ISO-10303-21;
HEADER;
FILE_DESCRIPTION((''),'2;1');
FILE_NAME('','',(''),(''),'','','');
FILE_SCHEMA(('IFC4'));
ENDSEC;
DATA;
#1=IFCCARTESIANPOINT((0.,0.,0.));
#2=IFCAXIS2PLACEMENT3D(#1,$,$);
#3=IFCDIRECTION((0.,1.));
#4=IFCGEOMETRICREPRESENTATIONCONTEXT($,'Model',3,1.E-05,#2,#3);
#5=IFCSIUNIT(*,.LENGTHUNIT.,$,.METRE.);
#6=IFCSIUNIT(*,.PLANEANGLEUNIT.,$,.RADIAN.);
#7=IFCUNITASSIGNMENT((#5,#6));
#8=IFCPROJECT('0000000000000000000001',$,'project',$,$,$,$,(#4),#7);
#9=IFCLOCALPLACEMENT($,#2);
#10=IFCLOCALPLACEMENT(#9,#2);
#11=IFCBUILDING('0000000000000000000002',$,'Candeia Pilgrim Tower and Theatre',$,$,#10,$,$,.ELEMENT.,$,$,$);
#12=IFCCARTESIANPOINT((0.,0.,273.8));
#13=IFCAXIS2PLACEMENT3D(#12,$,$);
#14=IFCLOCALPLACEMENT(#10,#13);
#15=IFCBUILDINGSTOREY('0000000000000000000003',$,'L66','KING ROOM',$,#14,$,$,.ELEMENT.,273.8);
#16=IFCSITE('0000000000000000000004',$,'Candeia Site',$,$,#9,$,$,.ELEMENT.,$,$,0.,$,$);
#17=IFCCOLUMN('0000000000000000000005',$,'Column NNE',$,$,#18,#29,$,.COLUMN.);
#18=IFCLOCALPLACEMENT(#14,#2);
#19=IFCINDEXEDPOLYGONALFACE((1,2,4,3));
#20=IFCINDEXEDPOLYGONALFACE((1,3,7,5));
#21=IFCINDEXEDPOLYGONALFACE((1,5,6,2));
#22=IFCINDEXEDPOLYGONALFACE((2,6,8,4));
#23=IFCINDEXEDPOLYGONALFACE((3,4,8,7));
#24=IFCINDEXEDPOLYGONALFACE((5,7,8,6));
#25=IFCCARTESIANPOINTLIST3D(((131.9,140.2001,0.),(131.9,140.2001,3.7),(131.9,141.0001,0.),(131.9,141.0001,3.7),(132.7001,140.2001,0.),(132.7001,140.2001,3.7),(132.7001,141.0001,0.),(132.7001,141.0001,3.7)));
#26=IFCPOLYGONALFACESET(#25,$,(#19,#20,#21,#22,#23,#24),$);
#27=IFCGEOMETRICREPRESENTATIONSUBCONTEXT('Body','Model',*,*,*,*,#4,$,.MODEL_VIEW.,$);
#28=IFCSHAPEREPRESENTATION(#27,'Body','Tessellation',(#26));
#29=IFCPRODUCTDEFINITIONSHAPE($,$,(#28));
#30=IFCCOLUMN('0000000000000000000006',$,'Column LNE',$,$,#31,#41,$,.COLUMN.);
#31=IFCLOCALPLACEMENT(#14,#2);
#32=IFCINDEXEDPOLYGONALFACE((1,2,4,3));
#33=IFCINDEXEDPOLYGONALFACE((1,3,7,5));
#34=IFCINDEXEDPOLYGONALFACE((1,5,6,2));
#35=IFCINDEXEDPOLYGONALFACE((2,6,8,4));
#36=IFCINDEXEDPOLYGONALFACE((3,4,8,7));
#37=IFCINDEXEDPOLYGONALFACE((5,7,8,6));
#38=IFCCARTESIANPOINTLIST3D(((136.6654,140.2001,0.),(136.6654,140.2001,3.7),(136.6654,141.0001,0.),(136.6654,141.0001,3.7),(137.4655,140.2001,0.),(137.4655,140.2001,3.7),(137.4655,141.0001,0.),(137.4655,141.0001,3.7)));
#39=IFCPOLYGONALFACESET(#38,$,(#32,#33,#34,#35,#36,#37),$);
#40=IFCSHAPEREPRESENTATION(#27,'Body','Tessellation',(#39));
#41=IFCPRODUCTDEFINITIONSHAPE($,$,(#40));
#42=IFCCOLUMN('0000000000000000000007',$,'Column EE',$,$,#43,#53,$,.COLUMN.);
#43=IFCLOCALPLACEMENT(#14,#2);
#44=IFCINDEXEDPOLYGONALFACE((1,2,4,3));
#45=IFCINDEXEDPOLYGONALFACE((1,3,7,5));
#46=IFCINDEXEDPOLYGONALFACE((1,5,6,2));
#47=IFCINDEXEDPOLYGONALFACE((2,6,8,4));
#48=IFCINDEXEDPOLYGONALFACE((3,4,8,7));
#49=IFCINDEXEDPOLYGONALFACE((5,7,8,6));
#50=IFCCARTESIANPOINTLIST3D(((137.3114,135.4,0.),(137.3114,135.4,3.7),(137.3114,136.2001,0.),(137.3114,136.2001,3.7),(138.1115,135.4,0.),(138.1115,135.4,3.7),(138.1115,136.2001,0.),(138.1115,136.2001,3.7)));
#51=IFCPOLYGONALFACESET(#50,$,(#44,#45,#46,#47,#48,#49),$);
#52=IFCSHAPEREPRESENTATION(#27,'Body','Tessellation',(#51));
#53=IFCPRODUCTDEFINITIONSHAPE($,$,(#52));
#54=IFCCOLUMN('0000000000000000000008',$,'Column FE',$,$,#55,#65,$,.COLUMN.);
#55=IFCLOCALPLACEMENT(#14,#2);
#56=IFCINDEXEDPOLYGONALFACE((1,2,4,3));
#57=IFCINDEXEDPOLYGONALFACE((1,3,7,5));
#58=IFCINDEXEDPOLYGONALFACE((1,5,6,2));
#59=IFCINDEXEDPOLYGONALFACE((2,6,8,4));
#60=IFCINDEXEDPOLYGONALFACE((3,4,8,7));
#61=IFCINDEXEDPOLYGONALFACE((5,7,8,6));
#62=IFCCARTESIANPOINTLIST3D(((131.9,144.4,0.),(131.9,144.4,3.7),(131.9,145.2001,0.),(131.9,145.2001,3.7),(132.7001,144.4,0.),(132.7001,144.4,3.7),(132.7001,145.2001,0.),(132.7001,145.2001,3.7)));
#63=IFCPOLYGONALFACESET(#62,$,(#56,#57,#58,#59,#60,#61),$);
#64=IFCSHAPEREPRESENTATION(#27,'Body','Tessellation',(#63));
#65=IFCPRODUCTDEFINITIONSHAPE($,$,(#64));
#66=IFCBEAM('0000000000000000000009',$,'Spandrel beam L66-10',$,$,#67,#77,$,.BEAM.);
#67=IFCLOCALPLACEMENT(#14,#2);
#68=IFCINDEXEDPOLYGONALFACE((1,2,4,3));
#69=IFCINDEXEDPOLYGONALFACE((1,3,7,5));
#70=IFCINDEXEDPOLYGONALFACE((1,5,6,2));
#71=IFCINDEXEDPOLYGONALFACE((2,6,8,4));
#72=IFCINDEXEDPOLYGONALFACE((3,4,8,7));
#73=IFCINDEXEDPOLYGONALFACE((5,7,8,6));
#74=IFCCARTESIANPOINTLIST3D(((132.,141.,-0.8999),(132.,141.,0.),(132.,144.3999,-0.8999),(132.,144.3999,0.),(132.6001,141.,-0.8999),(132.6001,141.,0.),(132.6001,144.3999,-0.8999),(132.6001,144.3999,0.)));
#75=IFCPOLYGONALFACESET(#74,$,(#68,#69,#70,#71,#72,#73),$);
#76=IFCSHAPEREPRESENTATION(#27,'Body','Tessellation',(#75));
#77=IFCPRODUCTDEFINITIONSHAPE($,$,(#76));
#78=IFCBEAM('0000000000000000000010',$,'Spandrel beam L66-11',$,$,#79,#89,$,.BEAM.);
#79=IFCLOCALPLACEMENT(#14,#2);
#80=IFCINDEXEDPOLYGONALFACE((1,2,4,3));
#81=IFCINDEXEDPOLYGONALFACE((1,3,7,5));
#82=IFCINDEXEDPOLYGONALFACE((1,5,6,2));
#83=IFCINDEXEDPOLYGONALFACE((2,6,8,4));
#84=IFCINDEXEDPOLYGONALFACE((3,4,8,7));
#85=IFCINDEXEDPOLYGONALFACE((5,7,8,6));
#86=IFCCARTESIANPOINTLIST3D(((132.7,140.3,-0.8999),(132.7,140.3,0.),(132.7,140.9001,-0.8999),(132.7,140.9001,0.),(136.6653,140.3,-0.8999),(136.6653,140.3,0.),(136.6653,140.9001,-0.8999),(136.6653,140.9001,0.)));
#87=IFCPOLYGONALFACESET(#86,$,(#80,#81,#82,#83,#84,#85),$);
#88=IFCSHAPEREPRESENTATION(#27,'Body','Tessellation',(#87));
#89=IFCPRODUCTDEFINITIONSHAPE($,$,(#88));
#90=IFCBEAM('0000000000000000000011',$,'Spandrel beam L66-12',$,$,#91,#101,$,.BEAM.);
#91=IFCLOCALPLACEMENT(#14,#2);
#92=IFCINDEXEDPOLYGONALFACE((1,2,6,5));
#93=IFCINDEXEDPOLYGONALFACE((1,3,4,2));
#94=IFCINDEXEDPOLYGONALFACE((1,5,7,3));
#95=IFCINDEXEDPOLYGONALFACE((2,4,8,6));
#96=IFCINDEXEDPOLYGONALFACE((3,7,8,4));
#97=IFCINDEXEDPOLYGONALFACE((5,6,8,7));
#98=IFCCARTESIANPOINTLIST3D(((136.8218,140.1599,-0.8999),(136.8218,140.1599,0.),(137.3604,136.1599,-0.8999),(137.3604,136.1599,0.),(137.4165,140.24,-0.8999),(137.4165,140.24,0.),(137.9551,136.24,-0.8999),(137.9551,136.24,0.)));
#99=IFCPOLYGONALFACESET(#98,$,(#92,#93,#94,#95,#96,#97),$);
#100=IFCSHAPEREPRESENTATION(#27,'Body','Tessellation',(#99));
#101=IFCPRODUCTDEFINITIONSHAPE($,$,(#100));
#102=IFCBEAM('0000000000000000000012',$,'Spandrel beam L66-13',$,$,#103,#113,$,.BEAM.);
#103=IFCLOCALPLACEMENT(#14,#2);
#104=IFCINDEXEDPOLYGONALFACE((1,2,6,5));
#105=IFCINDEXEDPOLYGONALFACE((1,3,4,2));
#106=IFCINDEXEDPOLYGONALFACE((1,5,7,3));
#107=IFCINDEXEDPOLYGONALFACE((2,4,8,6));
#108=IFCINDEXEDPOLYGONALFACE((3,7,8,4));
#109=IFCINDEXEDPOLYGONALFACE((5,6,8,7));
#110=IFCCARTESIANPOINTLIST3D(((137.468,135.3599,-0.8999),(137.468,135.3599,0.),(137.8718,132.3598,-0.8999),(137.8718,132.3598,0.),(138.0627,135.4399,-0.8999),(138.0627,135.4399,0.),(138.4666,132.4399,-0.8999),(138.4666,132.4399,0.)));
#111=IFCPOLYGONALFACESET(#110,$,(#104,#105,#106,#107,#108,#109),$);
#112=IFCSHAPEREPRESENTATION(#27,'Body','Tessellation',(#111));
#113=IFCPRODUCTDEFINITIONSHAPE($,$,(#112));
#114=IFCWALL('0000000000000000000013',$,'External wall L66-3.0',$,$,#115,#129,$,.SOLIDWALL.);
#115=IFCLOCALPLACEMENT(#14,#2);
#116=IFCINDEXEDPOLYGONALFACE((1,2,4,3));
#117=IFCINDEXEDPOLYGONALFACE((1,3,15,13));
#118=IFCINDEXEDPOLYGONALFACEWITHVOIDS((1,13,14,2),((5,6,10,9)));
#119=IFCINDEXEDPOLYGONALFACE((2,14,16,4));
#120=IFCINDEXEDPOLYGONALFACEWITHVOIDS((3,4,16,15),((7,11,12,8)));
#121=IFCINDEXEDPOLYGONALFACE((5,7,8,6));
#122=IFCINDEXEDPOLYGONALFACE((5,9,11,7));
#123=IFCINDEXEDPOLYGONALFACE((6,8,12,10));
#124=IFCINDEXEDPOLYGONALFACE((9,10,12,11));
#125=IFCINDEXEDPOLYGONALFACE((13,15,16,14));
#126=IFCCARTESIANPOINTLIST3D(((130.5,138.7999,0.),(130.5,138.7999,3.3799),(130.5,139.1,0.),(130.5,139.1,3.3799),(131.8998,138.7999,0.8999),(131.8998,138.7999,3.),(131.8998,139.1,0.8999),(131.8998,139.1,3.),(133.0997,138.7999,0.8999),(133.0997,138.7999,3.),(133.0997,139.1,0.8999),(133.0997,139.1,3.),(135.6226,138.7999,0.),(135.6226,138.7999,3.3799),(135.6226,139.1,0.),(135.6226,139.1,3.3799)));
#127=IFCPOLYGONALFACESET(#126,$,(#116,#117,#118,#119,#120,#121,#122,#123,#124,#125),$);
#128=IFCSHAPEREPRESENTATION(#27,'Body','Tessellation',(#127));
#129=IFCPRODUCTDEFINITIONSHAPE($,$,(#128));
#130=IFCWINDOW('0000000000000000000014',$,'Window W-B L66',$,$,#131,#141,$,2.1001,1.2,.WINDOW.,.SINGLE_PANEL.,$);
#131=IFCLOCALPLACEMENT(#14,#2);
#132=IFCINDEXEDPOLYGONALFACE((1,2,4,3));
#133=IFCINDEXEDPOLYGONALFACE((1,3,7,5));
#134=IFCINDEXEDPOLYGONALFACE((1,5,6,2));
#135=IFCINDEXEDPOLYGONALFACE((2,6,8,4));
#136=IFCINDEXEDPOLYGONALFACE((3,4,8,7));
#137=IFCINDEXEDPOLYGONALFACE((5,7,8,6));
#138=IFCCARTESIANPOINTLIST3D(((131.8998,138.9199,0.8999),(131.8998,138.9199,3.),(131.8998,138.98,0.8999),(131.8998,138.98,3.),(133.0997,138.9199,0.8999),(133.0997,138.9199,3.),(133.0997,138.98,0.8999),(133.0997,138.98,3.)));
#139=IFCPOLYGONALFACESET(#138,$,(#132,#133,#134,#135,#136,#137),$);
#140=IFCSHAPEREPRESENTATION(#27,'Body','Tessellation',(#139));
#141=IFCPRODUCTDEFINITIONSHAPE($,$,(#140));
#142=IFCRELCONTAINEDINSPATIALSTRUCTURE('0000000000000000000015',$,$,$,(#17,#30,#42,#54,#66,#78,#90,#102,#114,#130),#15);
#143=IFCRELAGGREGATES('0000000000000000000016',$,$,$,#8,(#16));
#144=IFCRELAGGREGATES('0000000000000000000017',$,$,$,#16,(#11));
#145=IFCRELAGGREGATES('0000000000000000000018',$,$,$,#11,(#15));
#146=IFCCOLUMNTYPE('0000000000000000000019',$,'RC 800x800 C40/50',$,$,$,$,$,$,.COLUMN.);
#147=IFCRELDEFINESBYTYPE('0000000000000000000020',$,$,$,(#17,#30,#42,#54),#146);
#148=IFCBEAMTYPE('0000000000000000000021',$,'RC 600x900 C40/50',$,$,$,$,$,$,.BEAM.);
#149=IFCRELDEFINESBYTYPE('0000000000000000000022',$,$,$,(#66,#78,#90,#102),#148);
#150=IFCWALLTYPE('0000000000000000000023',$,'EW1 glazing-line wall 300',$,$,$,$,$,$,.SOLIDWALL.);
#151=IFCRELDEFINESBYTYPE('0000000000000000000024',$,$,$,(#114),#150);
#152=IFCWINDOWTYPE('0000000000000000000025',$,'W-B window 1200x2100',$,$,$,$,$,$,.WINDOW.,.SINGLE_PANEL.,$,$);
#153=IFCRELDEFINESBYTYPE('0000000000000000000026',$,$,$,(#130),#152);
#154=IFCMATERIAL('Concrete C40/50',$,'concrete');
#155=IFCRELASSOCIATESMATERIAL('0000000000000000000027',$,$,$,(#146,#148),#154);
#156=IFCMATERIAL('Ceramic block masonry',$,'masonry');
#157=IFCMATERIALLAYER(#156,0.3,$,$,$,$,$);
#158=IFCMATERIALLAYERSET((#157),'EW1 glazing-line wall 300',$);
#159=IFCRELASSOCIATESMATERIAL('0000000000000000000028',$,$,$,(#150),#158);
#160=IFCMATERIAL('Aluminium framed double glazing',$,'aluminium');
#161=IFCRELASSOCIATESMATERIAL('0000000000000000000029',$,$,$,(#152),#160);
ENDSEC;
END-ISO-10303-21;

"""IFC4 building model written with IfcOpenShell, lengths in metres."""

from ifc_helpers import new_model, si_unit, direction, frame, frame_2d, origin, origin_2d, place, context, subcontext, project, spatial, rectangle, extrude, material, layer, layer_set, material_profile, profile_set, type_object, element, fill, save


model = new_model("IFC4")

# Units and contexts
model_context = context("Model", 3, precision=1e-05, world=origin(), true_north=direction((0.0, 1.0)))
body_context = subcontext(model_context, "Body", "Model", "MODEL_VIEW")
ifc_project = project(units=[si_unit("LENGTHUNIT", "METRE"), si_unit("PLANEANGLEUNIT", "RADIAN")], contexts=[model_context])

# Site, building, storey
site_placement = place(None, origin())
site = spatial("IfcSite", under=ifc_project, at=site_placement, Name="Candeia Site", CompositionType="ELEMENT", RefElevation=0.0)
building_placement = place(site_placement, origin())
building = spatial("IfcBuilding", under=site, at=building_placement, Name="Candeia Pilgrim Tower and Theatre", CompositionType="ELEMENT")
storey_placement = place(building_placement, frame((0.0, 0.0, 273.8)))
storey = spatial("IfcBuildingStorey", under=building, at=storey_placement, Name="L66", Description="KING ROOM", CompositionType="ELEMENT", Elevation=273.8)

# Columns
ifc_material_1 = material(Name="Concrete C40/50", Category="concrete")
ifc_material_profile_1 = material_profile(ifc_material_1, rectangle(XDim=0.8, YDim=0.8, at=origin_2d()))
ifc_profile_set_1 = profile_set([ifc_material_profile_1], Name="Concrete C40/50")
column_type = type_object("IfcColumnType", Name="RC 800x800 C40/50", PredefinedType="COLUMN", material=ifc_profile_set_1)
for number, where, z_axis, x_axis, name in (
    (1, (132.3, 140.6001, 0.0), (0.0, 0.0, 1.0), (1.0, 0.0, 0.0), "Column NNE"),
    (2, (137.0654, 140.6001, 0.0), (0.0, 0.0, 1.0), (1.0, 0.0, 0.0), "Column LNE"),
    (3, (137.7114, 135.8, 0.0), (0.0, 0.0, 1.0), (1.0, 0.0, 0.0), "Column EE"),
    (4, (132.3, 144.8, 0.0), (0.0, 0.0, 1.0), (1.0, 0.0, 0.0), "Column FE"),
):
    element("IfcColumn", number, at=place(storey_placement, frame(where, z_axis=z_axis, x_axis=x_axis)), inside=storey, type_object=column_type, Name=name, PredefinedType="COLUMN", context=body_context, shape_type="SweptSolid", body=[
        extrude(rectangle(XDim=0.8, YDim=0.8, at=origin_2d()), origin(), (0.0, 0.0, 1.0), 3.7),
    ])

# Beams
ifc_material_profile_2 = material_profile(ifc_material_1, rectangle(XDim=0.6001, YDim=0.8999, at=origin_2d()))
ifc_profile_set_2 = profile_set([ifc_material_profile_2], Name="Concrete C40/50")
beam_type = type_object("IfcBeamType", Name="RC 600x900 C40/50", PredefinedType="BEAM", material=ifc_profile_set_2)
beam_1_placement = place(storey_placement, frame((132.3, 144.3999, -0.45), z_axis=(0.0, -1.0, 0.0), x_axis=(1.0, 0.0, 0.0)))
element("IfcBeam", 5, at=beam_1_placement, inside=storey, type_object=beam_type, Name="Spandrel beam L66-10", PredefinedType="BEAM", context=body_context, shape_type="SweptSolid", body=[
    extrude(rectangle(XDim=0.6001, YDim=0.8999, at=origin_2d()), origin(), (0.0, 0.0, 1.0), 3.3999),
])
beam_2_placement = place(storey_placement, frame((132.7, 140.6001, -0.45), z_axis=(1.0, 0.0, 0.0), x_axis=(0.0, 1.0, 0.0)))
element("IfcBeam", 6, at=beam_2_placement, inside=storey, type_object=beam_type, Name="Spandrel beam L66-11", PredefinedType="BEAM", context=body_context, shape_type="SweptSolid", body=[
    extrude(rectangle(XDim=0.6001, YDim=0.8999, at=origin_2d()), origin(), (0.0, 0.0, 1.0), 3.9653),
])
beam_3_placement = place(storey_placement, frame((137.1191, 140.2, -0.45), z_axis=(0.133439, -0.991057, 0.0), x_axis=(0.991057, 0.133439, 0.0)))
element("IfcBeam", 7, at=beam_3_placement, inside=storey, type_object=beam_type, Name="Spandrel beam L66-12", PredefinedType="BEAM", context=body_context, shape_type="SweptSolid", body=[
    extrude(rectangle(XDim=0.6001, YDim=0.8999, at=origin_2d()), origin(), (0.0, 0.0, 1.0), 4.0361),
])
beam_4_placement = place(storey_placement, frame((137.7654, 135.3999, -0.45), z_axis=(0.1334, -0.991062, 0.0), x_axis=(0.991062, 0.1334, 0.0)))
element("IfcBeam", 8, at=beam_4_placement, inside=storey, type_object=beam_type, Name="Spandrel beam L66-13", PredefinedType="BEAM", context=body_context, shape_type="SweptSolid", body=[
    extrude(rectangle(XDim=0.6001, YDim=0.8999, at=origin_2d()), origin(), (0.0, 0.0, 1.0), 3.0271),
])

# Wall, opening, window
ifc_material_2 = material(Name="Ceramic block masonry", Category="masonry")
ifc_layer_1 = layer(ifc_material_2, 0.3)
ifc_layer_set_1 = layer_set([ifc_layer_1], Name="EW1 glazing-line wall 300")
wall_type = type_object("IfcWallType", Name="EW1 glazing-line wall 300", PredefinedType="SOLIDWALL", material=ifc_layer_set_1)
wall_1_placement = place(storey_placement, frame((135.6226, 138.95, 0.0), z_axis=(0.0, 0.0, 1.0), x_axis=(-1.0, 0.0, 0.0)))
wall_1 = element("IfcWall", 9, at=wall_1_placement, inside=storey, type_object=wall_type, Name="External wall L66-3.0", PredefinedType="SOLIDWALL", context=body_context, shape_type="SweptSolid", body=[
    extrude(rectangle(XDim=5.1226, YDim=0.3, at=frame_2d((2.5613, 0.0))), origin(), (0.0, 0.0, 1.0), 3.3799),
])
opening_1_placement = place(wall_1_placement, frame((2.5227, 0.0, 0.8999)))
opening_1 = element("IfcOpeningElement", 10, at=opening_1_placement, cuts=wall_1, PredefinedType="OPENING", context=body_context, shape_type="SweptSolid", body=[
    extrude(rectangle(XDim=1.2, YDim=2.1001, at=frame_2d((0.6001, 1.05))), frame((0.0, 0.1602, 0.0), z_axis=(0.0, -1.0, 0.0), x_axis=(1.0, 0.0, 0.0)), (0.0, 0.0, 1.0), 0.3201),
])
ifc_material_3 = material(Name="Aluminium framed double glazing", Category="aluminium")
window_type_1 = type_object("IfcWindowType", Name="W-B window 1200x2100", PartitioningType="SINGLE_PANEL", PredefinedType="WINDOW", material=ifc_material_3)
window_1_placement = place(opening_1_placement, origin())
window_1 = element("IfcWindow", 11, at=window_1_placement, inside=storey, type_object=window_type_1, Name="Window W-B L66", OverallHeight=2.1001, OverallWidth=1.2, PartitioningType="SINGLE_PANEL", PredefinedType="WINDOW", context=body_context, shape_type="SweptSolid", body=[
    extrude(rectangle(XDim=1.2, YDim=2.1001, at=frame_2d((0.6001, 1.05))), frame((0.0, 0.03, 0.0), z_axis=(0.0, -1.0, 0.0), x_axis=(1.0, 0.0, 0.0)), (0.0, 0.0, 1.0), 0.0601),
])
fill(opening_1, window_1)

save(model, "model.ifc")
